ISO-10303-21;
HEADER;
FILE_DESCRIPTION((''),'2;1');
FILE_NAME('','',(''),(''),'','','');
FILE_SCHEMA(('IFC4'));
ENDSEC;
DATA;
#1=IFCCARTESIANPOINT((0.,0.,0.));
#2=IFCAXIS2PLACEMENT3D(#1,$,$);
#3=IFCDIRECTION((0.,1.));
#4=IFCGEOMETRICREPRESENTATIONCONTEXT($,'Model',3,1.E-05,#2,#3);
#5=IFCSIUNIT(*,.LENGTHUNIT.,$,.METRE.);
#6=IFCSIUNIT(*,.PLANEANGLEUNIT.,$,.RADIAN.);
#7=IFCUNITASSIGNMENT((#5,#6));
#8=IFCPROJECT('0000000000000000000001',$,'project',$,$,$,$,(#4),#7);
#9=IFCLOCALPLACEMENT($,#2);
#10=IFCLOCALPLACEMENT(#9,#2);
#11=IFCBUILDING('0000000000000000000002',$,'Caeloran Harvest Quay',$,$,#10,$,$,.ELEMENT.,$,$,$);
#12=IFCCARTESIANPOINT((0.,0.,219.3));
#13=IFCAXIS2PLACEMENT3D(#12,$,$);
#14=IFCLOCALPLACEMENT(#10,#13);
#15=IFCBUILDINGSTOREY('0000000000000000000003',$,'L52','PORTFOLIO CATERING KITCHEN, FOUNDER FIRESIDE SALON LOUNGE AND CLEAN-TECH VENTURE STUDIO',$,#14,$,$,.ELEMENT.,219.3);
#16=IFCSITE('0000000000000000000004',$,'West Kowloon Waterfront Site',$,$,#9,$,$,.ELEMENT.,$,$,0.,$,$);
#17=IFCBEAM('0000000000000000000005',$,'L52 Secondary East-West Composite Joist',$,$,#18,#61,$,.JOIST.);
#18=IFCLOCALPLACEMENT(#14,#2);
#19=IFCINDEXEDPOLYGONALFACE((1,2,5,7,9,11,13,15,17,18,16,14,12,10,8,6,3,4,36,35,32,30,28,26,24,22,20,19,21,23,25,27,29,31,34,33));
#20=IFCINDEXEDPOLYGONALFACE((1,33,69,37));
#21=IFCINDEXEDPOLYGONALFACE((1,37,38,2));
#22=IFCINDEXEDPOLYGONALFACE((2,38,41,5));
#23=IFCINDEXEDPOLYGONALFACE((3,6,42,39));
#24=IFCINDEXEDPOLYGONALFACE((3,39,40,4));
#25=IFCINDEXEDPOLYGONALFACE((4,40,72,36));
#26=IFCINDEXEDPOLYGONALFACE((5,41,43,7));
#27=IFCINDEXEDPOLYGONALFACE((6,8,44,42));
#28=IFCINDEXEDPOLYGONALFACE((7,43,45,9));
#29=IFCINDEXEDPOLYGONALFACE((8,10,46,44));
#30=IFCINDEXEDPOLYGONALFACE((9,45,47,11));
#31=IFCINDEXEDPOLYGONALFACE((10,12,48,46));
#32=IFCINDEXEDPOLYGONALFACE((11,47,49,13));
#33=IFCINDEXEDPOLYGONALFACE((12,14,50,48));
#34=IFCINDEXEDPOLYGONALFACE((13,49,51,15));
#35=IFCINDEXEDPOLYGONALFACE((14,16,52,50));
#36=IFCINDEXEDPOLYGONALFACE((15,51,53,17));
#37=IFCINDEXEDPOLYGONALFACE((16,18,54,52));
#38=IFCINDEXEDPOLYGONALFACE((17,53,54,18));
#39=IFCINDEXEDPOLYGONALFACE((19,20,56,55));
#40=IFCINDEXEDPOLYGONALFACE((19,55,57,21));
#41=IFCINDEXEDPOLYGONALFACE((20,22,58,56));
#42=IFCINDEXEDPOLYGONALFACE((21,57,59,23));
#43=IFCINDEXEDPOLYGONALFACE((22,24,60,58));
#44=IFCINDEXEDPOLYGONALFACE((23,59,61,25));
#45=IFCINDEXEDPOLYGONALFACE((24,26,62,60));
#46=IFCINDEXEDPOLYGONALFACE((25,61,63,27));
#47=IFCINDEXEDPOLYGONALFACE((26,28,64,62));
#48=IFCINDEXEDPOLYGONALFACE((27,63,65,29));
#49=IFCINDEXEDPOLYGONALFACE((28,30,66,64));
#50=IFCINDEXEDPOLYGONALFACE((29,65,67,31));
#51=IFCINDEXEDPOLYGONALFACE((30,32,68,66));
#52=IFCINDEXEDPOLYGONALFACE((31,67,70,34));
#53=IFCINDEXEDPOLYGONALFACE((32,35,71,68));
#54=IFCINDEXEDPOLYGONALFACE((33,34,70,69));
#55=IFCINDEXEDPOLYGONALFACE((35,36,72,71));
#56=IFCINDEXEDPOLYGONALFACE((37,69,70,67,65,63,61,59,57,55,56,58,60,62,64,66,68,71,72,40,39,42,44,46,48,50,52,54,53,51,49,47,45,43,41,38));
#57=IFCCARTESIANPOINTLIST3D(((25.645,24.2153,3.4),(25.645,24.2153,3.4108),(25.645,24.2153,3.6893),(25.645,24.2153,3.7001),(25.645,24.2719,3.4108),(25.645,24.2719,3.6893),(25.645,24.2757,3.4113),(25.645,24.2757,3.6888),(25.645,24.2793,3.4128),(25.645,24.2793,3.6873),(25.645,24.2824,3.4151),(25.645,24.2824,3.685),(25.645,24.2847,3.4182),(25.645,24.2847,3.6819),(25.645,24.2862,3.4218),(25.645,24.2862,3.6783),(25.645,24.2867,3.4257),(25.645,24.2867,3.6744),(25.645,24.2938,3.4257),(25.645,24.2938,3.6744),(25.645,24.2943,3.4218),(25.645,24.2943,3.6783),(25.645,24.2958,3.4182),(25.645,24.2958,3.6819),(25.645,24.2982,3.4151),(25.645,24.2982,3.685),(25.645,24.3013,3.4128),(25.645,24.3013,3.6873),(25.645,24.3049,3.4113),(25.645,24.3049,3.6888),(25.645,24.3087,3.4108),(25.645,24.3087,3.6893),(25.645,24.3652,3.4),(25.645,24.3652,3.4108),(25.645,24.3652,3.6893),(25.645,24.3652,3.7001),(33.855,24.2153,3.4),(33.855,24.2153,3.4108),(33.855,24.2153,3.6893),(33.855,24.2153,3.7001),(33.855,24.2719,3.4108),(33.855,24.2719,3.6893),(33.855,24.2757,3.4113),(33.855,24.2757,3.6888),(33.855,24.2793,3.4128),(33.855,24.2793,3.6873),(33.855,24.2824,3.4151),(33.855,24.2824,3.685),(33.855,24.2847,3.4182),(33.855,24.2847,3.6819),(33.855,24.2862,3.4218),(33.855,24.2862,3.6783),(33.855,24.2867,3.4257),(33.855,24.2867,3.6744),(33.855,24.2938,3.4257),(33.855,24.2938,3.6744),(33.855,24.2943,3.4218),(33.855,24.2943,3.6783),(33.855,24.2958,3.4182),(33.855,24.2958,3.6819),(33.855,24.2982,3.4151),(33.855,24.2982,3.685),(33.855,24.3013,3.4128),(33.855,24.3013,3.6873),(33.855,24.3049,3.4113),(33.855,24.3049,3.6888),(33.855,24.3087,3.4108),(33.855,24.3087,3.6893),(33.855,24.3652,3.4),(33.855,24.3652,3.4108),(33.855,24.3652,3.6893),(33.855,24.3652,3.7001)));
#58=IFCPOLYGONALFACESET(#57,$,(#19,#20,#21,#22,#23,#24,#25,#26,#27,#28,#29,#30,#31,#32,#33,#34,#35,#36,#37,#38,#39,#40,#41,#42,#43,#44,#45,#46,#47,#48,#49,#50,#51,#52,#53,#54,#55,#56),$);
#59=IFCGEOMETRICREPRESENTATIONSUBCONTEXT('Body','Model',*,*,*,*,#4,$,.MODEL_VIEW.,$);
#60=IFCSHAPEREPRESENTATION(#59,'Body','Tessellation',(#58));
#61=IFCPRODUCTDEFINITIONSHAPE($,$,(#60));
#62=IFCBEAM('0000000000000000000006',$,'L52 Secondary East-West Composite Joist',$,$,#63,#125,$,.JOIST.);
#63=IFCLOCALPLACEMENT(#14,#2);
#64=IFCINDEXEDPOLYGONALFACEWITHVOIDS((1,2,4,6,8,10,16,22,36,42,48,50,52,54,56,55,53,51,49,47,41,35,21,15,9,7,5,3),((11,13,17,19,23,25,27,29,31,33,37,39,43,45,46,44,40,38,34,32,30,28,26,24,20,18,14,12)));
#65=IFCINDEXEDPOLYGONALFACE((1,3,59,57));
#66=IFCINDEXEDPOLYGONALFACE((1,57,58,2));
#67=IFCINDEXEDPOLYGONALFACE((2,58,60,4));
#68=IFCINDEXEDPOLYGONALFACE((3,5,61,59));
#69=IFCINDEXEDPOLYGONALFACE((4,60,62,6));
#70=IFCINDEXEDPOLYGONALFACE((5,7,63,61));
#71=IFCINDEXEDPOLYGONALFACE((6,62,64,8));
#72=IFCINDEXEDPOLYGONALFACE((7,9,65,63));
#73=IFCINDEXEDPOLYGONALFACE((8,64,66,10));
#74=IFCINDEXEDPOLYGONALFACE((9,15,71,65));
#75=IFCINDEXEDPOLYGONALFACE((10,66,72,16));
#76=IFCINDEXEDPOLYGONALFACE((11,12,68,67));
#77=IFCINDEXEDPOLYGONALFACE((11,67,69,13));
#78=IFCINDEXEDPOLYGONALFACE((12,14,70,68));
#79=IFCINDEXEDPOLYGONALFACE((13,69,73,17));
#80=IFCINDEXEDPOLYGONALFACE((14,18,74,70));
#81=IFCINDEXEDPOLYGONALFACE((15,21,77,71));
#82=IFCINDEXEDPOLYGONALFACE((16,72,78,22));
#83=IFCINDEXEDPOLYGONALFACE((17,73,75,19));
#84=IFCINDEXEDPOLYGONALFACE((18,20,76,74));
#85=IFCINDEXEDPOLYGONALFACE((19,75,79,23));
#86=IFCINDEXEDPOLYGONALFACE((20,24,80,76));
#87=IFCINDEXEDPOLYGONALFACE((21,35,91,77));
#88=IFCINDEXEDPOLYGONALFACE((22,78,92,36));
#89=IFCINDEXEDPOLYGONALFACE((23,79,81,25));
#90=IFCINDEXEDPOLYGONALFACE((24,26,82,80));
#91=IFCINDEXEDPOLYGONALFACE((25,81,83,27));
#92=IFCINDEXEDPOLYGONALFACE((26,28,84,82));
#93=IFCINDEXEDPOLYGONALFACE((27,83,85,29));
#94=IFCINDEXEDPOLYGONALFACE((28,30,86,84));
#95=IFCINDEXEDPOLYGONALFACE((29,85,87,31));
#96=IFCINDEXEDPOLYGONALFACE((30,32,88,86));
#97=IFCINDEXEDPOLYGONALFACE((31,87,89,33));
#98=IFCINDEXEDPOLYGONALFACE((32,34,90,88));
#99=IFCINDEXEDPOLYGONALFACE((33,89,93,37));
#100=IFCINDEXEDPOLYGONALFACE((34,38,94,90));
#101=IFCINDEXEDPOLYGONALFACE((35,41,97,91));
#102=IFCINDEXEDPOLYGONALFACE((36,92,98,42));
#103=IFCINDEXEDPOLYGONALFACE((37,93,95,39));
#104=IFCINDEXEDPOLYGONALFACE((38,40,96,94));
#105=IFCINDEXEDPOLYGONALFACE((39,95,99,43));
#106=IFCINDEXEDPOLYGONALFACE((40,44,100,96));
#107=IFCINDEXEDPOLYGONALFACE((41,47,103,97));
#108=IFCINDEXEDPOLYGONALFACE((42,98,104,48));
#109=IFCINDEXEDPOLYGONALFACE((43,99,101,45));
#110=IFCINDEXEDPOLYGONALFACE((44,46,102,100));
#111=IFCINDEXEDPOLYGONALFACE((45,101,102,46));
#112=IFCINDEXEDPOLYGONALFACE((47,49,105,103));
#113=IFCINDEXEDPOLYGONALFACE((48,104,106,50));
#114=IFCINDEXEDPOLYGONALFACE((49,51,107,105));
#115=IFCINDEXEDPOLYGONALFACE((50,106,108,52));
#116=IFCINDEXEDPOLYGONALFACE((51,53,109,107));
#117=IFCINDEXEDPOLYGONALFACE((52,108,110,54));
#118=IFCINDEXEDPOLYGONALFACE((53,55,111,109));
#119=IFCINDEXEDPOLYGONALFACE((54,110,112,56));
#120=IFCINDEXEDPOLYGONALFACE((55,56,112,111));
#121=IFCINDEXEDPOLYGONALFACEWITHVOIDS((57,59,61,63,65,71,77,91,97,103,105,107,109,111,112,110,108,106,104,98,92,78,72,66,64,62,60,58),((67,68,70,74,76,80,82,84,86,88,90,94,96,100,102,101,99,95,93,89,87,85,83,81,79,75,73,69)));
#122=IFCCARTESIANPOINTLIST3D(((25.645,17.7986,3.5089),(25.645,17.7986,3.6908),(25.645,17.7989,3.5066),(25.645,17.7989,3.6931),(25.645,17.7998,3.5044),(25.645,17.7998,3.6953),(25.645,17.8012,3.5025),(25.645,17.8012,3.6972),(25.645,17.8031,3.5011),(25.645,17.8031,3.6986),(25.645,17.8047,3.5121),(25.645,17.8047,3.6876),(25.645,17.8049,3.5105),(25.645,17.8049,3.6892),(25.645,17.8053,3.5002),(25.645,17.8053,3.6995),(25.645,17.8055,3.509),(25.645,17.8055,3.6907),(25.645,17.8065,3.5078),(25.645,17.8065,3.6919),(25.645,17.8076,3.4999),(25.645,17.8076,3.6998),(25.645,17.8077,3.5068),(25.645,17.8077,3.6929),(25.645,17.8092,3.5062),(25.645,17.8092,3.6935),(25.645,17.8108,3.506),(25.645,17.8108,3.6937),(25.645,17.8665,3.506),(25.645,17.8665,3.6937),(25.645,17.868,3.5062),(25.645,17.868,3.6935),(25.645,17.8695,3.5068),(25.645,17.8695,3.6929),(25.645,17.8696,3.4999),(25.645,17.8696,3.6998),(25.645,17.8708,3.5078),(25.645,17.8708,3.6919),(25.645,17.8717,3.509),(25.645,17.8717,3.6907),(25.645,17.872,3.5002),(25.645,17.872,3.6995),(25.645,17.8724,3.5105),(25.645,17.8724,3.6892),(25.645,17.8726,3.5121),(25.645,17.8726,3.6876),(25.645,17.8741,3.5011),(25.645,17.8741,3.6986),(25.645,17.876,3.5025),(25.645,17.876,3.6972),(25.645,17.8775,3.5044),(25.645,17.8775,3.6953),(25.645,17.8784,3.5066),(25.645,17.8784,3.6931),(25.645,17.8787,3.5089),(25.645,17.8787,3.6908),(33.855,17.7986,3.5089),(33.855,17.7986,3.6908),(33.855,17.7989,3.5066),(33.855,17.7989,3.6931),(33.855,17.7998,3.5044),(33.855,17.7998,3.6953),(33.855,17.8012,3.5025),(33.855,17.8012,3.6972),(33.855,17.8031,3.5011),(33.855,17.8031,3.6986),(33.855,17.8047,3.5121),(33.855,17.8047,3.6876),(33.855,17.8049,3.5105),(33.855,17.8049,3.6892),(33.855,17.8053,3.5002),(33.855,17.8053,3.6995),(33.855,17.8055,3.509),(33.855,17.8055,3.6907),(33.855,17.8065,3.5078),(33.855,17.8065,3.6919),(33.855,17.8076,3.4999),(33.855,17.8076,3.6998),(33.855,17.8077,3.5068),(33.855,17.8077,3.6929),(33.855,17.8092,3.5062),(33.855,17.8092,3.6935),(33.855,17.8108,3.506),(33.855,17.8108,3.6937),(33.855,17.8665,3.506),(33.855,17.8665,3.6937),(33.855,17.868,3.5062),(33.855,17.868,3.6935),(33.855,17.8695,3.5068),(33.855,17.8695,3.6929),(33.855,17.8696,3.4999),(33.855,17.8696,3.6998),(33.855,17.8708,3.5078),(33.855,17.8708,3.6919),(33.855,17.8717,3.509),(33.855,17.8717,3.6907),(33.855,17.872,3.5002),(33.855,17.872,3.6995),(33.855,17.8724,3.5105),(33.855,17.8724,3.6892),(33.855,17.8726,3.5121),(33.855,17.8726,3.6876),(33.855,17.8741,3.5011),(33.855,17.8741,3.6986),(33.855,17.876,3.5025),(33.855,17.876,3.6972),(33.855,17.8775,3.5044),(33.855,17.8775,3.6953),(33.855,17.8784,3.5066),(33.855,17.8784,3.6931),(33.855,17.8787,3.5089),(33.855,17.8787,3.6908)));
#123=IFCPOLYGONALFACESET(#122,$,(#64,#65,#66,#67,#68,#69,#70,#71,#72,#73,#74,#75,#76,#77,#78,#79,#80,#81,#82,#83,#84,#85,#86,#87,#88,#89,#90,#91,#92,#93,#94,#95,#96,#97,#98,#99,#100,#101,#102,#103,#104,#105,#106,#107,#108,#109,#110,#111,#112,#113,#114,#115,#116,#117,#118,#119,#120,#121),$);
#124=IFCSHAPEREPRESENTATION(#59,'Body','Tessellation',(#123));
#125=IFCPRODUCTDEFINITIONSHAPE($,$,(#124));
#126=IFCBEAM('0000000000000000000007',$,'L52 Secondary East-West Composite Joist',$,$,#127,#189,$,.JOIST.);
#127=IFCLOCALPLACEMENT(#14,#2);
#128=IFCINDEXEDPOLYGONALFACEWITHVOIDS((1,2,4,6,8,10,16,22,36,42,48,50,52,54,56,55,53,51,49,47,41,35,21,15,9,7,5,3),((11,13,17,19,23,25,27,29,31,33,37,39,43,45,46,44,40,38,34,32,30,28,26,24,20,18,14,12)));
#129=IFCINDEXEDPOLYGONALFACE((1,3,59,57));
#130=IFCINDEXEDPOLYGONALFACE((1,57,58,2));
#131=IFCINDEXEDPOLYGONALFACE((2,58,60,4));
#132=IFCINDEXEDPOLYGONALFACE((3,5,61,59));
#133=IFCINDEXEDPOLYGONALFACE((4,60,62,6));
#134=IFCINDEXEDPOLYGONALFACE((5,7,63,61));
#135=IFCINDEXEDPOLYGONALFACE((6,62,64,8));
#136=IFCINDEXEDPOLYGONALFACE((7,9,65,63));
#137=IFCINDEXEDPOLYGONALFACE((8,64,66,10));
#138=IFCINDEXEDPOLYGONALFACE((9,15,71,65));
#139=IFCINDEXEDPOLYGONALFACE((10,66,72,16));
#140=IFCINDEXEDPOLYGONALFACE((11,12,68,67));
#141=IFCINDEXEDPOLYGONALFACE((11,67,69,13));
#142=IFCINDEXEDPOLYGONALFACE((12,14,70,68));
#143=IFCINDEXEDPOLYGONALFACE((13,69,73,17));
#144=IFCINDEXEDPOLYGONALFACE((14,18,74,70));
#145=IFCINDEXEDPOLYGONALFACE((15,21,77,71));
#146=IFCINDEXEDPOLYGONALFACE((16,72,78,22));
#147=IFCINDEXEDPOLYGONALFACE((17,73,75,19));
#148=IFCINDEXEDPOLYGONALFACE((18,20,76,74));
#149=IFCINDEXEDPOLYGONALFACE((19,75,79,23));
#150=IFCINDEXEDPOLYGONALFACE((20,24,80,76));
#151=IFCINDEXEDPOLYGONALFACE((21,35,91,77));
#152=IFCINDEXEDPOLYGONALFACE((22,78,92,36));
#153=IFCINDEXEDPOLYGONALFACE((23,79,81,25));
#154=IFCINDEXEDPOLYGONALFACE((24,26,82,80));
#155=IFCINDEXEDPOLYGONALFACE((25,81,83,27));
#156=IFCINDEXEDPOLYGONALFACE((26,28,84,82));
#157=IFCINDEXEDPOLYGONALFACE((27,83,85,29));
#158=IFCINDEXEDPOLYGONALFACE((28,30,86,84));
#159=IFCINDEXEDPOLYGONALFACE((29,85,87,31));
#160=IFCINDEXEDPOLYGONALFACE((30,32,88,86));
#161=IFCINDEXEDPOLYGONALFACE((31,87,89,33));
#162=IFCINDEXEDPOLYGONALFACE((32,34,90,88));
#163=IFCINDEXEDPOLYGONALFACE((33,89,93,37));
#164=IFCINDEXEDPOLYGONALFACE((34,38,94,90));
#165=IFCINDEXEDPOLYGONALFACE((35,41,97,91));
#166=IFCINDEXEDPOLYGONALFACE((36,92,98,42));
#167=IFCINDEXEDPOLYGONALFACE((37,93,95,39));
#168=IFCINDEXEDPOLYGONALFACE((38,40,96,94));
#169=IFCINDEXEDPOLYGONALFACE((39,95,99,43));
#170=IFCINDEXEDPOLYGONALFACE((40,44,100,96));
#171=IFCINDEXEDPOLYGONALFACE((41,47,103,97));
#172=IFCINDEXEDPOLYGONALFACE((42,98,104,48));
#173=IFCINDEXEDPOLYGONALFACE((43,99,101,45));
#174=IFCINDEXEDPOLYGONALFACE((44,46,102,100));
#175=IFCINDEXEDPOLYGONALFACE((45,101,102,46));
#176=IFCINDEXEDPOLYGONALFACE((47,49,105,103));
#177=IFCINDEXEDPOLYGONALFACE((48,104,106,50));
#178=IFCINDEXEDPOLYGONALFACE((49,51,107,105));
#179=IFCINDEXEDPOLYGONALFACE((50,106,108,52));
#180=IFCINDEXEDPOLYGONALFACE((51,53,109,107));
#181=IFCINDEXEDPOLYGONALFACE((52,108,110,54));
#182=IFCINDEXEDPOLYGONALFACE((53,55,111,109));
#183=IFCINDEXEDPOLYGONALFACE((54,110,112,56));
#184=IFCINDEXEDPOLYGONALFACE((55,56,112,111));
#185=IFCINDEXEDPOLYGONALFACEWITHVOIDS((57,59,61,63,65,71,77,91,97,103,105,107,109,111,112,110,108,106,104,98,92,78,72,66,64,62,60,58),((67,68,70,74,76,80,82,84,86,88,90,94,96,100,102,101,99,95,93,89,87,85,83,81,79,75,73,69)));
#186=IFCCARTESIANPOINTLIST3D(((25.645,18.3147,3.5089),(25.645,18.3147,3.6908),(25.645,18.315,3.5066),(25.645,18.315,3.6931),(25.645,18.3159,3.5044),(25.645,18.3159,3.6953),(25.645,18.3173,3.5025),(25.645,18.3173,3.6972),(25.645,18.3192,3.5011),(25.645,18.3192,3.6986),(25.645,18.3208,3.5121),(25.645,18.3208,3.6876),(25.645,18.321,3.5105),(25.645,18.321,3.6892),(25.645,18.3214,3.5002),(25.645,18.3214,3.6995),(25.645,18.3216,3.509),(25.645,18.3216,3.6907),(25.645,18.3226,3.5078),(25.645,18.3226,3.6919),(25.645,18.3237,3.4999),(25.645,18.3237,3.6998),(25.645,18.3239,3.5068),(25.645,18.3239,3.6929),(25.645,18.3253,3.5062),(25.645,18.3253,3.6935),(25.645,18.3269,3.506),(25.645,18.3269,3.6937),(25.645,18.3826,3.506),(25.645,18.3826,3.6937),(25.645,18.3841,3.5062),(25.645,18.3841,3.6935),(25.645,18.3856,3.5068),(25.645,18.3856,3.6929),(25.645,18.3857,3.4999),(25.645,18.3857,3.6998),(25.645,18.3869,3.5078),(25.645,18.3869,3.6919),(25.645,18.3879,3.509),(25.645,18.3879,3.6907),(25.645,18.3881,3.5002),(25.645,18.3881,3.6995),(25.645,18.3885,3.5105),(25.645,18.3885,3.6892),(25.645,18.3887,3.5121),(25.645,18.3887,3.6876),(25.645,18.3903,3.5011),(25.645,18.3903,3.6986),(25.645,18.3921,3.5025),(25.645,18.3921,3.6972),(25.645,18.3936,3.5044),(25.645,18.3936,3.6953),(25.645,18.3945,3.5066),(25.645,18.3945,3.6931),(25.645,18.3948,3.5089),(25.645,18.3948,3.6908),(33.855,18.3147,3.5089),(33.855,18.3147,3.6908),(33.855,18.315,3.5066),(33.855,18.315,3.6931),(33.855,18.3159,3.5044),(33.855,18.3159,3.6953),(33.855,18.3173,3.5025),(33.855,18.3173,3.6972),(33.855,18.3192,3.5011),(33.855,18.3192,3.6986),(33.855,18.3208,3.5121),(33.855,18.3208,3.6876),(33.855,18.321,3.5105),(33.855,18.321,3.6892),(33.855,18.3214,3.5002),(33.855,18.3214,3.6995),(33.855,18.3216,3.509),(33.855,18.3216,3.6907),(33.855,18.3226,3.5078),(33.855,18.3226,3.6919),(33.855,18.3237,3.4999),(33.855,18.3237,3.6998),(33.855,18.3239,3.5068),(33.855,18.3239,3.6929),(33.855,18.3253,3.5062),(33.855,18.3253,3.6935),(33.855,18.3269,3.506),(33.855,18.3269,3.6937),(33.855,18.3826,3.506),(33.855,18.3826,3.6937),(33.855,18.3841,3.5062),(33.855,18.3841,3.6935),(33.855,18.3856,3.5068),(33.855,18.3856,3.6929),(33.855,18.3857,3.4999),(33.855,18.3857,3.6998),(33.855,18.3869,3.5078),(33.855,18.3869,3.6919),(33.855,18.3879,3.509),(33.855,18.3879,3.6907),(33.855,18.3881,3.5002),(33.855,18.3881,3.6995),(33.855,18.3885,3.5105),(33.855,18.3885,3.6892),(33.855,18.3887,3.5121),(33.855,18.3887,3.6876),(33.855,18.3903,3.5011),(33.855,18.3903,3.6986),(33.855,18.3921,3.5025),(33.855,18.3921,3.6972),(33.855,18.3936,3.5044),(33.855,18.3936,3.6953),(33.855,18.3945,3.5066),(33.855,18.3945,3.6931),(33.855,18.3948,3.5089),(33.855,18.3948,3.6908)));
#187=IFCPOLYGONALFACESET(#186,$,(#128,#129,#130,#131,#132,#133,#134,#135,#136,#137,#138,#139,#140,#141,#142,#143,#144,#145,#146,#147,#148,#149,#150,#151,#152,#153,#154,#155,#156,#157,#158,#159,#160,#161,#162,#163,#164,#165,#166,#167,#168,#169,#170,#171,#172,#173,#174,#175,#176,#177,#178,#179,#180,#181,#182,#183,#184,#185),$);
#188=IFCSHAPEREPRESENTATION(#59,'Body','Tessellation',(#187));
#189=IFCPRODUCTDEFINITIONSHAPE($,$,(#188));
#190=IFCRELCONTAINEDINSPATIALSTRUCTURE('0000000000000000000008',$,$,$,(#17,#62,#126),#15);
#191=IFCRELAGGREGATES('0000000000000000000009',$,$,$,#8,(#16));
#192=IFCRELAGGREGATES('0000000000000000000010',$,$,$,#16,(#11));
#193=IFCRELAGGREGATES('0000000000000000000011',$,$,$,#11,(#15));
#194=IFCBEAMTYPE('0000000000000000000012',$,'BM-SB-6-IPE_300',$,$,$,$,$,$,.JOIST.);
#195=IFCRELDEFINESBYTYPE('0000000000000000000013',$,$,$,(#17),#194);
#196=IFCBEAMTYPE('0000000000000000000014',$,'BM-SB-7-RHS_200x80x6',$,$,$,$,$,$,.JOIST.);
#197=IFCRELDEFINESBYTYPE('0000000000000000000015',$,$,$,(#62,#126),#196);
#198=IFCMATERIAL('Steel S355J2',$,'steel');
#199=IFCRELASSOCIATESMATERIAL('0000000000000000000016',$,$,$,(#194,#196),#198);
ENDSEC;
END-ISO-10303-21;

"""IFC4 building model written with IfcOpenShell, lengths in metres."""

from ifc_helpers import new_model, si_unit, direction, frame, origin, origin_2d, place, context, subcontext, project, spatial, hollow_rectangle, i_section, extrude, material, material_profile, profile_set, type_object, element, save


model = new_model("IFC4")

# Units and contexts
model_context = context("Model", 3, precision=1e-05, world=origin(), true_north=direction((0.0, 1.0)))
body_context = subcontext(model_context, "Body", "Model", "MODEL_VIEW")
ifc_project = project(units=[si_unit("LENGTHUNIT", "METRE"), si_unit("PLANEANGLEUNIT", "RADIAN")], contexts=[model_context])

# Site, building, storey
site_placement = place(None, origin())
site = spatial("IfcSite", under=ifc_project, at=site_placement, Name="West Kowloon Waterfront Site", CompositionType="ELEMENT", RefElevation=0.0)
building_placement = place(site_placement, origin())
building = spatial("IfcBuilding", under=site, at=building_placement, Name="Caeloran Harvest Quay", CompositionType="ELEMENT")
storey_placement = place(building_placement, frame((0.0, 0.0, 219.3)))
storey = spatial("IfcBuildingStorey", under=building, at=storey_placement, Name="L52", Description="PORTFOLIO CATERING KITCHEN, FOUNDER FIRESIDE SALON LOUNGE AND CLEAN-TECH VENTURE STUDIO", CompositionType="ELEMENT", Elevation=219.3)

# Beams
ifc_material_1 = material(Name="Steel S355J2", Category="steel")
ifc_material_profile_1 = material_profile(ifc_material_1, i_section(OverallWidth=0.1499, OverallDepth=0.3, WebThickness=0.0071, FlangeThickness=0.0107, FilletRadius=0.0149, at=origin_2d()), Name="IPE 300")
ifc_profile_set_1 = profile_set([ifc_material_profile_1], Name="Steel S355J2")
beam_type_1 = type_object("IfcBeamType", Name="BM-SB-6-IPE_300", PredefinedType="JOIST", material=ifc_profile_set_1)
for number, where, z_axis, x_axis, name in (
    (1, (25.645, 24.2903, 3.55), (1.0, 0.0, 0.0), (0.0, 1.0, 0.0), "L52 Secondary East-West Composite Joist"),
):
    element("IfcBeam", number, at=place(storey_placement, frame(where, z_axis=z_axis, x_axis=x_axis)), inside=storey, type_object=beam_type_1, Name=name, PredefinedType="JOIST", context=body_context, shape_type="SweptSolid", body=[
        extrude(i_section(OverallWidth=0.1499, OverallDepth=0.3, WebThickness=0.0071, FlangeThickness=0.0107, FilletRadius=0.0149, at=origin_2d()), origin(), (0.0, 0.0, 1.0), 8.21),
    ])
ifc_material_profile_2 = material_profile(ifc_material_1, hollow_rectangle(XDim=0.0801, YDim=0.2, WallThickness=0.0061, InnerFilletRadius=0.0061, OuterFilletRadius=0.009, at=origin_2d()), Name="RHS 200x80x6")
ifc_profile_set_2 = profile_set([ifc_material_profile_2], Name="Steel S355J2")
beam_type_2 = type_object("IfcBeamType", Name="BM-SB-7-RHS_200x80x6", PredefinedType="JOIST", material=ifc_profile_set_2)
for number, where, z_axis, x_axis, name in (
    (2, (25.645, 17.8386, 3.5999), (1.0, 0.0, 0.0), (0.0, 1.0, 0.0), "L52 Secondary East-West Composite Joist"),
    (3, (25.645, 18.3547, 3.5999), (1.0, 0.0, 0.0), (0.0, 1.0, 0.0), "L52 Secondary East-West Composite Joist"),
):
    element("IfcBeam", number, at=place(storey_placement, frame(where, z_axis=z_axis, x_axis=x_axis)), inside=storey, type_object=beam_type_2, Name=name, PredefinedType="JOIST", context=body_context, shape_type="SweptSolid", body=[
        extrude(hollow_rectangle(XDim=0.0801, YDim=0.2, WallThickness=0.0061, InnerFilletRadius=0.0061, OuterFilletRadius=0.009, at=origin_2d()), origin(), (0.0, 0.0, 1.0), 8.21),
    ])

save(model, "model.ifc")
